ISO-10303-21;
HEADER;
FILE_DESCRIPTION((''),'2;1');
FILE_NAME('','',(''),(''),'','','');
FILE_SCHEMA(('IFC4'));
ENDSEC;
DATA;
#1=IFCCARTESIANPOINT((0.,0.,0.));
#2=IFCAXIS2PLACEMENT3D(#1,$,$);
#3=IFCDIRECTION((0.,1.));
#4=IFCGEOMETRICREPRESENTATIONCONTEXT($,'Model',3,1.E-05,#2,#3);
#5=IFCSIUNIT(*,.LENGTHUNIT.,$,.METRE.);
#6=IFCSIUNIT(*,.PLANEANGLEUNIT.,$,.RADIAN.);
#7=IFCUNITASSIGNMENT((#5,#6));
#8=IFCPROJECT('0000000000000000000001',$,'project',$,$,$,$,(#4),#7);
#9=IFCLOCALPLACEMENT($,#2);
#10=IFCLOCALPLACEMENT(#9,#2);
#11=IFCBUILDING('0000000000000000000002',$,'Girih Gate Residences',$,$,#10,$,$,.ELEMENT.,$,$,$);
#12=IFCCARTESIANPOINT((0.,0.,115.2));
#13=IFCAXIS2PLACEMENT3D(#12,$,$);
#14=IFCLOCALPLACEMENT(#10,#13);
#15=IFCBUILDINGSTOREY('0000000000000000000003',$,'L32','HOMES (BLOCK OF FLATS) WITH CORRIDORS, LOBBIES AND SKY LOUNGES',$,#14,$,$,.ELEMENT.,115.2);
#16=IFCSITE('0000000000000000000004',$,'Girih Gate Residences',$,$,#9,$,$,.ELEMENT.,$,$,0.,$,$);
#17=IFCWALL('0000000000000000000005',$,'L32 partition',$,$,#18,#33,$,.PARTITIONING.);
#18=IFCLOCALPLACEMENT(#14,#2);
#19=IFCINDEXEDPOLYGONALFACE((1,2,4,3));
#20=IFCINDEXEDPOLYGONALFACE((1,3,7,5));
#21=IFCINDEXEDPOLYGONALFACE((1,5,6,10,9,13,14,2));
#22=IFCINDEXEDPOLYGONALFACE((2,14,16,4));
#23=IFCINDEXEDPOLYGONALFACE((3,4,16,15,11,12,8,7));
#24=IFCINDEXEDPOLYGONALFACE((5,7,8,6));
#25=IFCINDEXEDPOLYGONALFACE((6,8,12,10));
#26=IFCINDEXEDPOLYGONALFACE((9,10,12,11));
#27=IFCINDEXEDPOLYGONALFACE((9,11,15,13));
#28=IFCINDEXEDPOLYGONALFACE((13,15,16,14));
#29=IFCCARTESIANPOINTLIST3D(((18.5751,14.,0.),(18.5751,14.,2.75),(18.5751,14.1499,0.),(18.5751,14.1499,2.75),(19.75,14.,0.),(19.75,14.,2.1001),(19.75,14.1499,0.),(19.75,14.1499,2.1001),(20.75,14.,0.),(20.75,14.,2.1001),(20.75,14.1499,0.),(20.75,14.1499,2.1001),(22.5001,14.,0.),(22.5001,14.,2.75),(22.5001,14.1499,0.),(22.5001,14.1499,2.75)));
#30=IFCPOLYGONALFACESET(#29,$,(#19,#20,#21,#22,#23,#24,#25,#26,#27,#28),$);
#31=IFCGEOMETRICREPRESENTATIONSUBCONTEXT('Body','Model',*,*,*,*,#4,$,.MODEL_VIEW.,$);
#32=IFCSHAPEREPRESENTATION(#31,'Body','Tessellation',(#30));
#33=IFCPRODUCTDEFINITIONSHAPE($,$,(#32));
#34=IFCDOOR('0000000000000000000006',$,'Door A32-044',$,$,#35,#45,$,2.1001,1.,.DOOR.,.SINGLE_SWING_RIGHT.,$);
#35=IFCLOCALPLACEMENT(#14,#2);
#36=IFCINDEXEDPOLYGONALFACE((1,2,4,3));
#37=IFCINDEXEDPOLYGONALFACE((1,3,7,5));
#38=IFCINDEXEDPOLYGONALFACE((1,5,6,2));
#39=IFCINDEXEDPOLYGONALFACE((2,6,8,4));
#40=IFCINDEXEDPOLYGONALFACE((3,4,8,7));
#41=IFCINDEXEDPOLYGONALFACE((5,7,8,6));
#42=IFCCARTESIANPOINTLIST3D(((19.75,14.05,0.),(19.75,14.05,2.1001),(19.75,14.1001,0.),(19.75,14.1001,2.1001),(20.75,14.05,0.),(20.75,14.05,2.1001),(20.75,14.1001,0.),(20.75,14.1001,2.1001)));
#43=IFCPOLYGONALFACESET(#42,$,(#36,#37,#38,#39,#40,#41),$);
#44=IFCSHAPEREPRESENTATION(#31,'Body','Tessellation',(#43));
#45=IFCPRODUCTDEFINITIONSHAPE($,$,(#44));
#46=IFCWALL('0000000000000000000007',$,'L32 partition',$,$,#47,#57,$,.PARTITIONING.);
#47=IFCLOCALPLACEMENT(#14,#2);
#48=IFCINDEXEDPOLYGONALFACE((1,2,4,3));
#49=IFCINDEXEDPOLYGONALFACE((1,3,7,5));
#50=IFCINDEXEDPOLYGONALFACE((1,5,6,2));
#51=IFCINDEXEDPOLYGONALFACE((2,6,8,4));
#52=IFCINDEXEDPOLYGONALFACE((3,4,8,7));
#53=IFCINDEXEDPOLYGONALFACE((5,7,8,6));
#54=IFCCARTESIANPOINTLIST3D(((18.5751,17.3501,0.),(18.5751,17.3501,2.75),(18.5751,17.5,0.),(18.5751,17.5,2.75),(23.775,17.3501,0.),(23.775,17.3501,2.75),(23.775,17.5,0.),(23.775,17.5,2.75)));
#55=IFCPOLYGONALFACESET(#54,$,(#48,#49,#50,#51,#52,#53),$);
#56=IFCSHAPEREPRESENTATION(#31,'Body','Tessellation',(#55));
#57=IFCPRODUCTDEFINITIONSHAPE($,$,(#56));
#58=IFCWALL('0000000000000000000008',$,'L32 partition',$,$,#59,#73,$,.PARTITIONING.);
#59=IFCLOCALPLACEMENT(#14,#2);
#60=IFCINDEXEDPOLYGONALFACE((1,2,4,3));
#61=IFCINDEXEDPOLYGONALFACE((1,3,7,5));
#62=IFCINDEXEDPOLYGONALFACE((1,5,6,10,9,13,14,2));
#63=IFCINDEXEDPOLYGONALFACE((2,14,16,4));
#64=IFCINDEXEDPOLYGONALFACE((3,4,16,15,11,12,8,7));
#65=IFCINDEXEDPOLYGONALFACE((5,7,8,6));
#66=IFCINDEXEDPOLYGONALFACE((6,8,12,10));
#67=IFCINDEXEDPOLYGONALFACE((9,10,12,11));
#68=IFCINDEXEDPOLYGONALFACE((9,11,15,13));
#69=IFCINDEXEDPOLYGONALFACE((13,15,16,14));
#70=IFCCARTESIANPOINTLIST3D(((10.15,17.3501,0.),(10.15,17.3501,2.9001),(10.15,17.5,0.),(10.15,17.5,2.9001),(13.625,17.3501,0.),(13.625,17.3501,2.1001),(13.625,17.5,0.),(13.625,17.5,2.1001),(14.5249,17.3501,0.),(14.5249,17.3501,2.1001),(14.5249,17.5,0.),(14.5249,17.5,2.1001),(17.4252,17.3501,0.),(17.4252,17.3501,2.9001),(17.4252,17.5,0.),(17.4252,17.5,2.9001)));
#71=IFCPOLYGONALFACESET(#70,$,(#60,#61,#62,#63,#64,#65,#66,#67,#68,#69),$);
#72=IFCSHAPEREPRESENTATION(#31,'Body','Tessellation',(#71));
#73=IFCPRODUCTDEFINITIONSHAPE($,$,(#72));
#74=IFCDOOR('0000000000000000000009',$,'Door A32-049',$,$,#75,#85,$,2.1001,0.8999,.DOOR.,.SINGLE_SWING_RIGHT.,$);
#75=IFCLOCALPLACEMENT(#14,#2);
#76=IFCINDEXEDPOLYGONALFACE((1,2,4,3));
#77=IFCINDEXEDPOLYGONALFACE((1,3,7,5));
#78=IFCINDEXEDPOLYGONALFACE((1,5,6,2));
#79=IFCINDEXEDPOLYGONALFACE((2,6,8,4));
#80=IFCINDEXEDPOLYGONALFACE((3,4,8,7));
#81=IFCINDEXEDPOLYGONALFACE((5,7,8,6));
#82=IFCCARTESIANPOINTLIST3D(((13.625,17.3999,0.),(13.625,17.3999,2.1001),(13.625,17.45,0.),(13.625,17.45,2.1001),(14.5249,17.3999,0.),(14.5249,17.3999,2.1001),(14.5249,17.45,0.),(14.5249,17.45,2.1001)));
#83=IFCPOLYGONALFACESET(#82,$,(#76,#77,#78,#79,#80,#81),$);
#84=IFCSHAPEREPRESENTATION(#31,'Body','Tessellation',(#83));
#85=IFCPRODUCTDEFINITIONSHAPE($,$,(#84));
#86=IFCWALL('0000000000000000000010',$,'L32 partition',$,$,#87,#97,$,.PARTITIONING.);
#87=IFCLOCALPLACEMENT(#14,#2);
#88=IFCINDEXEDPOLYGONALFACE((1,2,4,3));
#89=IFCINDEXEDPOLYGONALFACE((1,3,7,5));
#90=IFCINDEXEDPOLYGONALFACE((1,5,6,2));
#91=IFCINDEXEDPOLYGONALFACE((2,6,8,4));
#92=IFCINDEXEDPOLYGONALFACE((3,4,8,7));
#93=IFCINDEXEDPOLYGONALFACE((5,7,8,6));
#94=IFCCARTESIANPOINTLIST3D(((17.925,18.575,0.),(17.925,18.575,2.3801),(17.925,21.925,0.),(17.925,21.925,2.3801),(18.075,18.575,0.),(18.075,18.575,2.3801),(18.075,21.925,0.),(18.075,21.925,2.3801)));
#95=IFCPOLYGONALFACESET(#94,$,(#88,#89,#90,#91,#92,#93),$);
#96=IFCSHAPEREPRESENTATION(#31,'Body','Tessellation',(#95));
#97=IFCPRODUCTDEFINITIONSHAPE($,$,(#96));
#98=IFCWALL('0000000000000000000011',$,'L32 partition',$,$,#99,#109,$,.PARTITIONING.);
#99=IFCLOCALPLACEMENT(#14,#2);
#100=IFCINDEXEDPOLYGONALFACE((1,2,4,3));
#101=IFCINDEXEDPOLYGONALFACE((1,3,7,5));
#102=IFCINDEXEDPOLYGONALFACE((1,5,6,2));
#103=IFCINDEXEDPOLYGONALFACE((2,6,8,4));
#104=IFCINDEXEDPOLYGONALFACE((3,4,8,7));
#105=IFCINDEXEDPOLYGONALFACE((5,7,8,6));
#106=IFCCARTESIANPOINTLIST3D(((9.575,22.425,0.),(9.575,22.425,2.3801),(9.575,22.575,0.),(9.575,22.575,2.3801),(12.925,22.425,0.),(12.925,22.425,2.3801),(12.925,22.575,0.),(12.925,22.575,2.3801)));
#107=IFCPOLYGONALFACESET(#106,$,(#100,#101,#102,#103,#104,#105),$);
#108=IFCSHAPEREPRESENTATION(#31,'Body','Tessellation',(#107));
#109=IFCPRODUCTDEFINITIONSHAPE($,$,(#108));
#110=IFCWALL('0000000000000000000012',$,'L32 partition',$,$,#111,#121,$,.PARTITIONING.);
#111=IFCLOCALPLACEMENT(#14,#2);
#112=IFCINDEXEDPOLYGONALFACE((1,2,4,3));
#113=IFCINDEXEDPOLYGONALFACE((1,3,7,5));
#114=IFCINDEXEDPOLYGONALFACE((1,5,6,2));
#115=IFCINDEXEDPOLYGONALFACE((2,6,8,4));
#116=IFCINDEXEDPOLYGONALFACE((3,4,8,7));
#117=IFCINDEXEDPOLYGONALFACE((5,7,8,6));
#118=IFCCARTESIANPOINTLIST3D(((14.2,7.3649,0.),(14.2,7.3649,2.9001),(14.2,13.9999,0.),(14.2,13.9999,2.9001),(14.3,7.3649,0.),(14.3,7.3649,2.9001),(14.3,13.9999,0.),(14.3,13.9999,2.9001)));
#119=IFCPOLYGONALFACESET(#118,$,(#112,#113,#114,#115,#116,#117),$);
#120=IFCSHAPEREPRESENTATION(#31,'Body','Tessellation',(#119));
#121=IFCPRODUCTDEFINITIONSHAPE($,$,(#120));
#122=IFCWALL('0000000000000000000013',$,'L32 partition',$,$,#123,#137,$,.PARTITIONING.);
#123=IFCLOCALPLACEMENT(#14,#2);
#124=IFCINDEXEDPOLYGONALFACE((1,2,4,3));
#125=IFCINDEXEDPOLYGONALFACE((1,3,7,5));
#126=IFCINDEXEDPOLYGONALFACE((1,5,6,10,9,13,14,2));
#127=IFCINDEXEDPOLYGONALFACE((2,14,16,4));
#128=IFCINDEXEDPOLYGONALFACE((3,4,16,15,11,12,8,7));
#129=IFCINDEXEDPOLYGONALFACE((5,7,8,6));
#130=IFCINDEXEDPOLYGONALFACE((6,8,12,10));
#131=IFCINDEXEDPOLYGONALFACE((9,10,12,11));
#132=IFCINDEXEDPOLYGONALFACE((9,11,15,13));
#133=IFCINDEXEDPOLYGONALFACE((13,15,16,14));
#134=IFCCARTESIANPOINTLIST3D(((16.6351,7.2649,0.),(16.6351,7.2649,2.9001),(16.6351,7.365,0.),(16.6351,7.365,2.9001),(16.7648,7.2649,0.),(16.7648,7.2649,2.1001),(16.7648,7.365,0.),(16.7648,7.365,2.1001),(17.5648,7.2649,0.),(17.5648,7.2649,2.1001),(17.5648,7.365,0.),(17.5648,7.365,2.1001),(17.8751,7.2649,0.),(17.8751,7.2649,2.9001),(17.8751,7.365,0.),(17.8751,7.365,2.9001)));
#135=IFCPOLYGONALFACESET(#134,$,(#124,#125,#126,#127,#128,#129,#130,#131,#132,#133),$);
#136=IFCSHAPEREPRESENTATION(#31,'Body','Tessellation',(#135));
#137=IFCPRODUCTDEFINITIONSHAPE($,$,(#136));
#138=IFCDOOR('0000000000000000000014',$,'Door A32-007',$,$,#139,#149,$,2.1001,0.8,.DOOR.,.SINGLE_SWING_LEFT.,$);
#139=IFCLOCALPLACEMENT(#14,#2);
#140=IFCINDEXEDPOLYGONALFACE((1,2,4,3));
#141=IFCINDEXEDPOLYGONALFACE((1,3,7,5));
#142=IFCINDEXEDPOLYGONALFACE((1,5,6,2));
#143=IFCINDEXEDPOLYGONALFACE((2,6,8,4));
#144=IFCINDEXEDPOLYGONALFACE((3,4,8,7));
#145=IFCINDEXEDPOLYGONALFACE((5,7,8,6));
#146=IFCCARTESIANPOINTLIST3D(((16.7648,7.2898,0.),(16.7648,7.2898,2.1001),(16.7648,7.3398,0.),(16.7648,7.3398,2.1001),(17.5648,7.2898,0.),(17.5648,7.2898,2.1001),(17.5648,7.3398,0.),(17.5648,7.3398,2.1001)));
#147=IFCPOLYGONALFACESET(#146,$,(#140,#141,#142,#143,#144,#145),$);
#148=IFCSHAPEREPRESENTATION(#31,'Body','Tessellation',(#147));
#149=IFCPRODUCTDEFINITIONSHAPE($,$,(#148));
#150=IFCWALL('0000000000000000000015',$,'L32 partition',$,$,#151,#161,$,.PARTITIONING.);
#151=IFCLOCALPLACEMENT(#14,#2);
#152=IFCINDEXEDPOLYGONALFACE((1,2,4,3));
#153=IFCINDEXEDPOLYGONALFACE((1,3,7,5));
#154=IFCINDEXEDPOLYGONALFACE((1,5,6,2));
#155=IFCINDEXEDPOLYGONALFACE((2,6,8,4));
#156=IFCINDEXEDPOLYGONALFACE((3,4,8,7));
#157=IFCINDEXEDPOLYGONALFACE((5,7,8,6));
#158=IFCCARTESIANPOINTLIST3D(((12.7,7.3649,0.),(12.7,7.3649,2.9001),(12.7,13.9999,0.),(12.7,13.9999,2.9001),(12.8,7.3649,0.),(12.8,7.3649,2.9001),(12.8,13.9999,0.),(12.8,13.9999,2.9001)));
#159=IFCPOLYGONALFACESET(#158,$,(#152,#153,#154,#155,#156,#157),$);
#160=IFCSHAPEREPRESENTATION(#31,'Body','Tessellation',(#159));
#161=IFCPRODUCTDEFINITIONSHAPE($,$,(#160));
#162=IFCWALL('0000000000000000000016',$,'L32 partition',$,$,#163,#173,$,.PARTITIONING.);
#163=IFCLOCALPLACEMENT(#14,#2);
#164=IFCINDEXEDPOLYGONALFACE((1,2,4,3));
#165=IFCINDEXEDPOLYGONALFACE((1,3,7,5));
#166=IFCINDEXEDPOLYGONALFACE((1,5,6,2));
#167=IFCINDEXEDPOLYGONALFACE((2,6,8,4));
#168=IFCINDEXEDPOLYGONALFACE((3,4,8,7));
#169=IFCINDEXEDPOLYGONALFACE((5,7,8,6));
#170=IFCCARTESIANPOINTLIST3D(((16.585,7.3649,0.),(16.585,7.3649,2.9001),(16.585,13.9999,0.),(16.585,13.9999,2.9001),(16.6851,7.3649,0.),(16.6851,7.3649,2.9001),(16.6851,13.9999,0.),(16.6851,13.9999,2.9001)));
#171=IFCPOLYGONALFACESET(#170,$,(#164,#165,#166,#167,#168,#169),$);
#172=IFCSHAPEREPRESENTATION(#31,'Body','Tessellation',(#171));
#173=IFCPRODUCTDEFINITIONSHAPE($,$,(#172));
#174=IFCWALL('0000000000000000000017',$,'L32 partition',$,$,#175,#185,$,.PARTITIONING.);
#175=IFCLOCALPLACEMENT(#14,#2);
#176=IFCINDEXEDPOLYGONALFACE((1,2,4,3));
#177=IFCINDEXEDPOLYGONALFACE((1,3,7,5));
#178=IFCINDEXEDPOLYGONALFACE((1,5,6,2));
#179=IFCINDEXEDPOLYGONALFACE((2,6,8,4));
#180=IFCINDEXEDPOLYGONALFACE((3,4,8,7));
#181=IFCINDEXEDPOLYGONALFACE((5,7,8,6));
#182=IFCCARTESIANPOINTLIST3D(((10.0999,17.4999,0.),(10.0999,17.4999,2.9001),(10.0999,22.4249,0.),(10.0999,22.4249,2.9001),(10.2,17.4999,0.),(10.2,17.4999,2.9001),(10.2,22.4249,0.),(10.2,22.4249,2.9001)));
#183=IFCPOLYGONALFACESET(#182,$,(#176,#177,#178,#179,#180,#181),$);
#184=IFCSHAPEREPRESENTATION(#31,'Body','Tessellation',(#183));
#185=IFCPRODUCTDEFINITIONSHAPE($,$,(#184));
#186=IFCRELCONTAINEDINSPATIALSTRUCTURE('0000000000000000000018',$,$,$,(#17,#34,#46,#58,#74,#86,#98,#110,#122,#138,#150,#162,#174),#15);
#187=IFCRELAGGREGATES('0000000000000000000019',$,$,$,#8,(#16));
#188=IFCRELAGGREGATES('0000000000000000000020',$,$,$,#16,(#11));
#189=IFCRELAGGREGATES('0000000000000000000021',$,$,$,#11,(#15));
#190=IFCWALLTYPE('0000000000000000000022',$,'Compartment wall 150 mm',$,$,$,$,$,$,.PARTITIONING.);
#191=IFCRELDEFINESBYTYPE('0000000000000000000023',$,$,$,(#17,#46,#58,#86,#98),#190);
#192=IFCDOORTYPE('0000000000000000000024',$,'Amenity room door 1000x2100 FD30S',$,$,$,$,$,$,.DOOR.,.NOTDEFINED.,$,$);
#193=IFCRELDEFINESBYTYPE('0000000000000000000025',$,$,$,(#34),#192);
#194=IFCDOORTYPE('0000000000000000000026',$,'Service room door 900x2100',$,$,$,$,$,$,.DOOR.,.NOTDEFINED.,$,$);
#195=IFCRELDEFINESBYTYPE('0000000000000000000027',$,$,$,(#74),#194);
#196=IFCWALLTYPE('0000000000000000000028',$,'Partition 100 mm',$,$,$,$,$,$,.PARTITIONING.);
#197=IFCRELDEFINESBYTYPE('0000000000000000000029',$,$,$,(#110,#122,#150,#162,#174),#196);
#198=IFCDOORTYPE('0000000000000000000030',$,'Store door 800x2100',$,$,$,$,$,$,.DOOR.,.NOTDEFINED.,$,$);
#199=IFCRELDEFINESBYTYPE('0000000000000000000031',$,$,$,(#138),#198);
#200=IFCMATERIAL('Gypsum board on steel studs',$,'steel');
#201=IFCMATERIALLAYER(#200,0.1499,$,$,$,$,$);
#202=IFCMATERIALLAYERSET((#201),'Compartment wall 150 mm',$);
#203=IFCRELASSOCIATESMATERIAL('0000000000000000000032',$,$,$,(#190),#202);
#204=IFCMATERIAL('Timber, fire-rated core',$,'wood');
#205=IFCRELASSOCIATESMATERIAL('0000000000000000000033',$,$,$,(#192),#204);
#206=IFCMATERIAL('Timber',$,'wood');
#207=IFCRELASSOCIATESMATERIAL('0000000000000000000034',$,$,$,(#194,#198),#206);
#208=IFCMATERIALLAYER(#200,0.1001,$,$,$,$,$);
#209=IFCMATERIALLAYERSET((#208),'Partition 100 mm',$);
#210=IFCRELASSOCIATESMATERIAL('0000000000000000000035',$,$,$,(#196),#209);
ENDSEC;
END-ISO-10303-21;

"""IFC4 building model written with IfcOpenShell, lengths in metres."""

from ifc_helpers import new_model, si_unit, direction, frame, frame_2d, origin, place, context, subcontext, project, spatial, rectangle, extrude, material, layer, layer_set, type_object, element, fill, save


model = new_model("IFC4")

# Units and contexts
model_context = context("Model", 3, precision=1e-05, world=origin(), true_north=direction((0.0, 1.0)))
body_context = subcontext(model_context, "Body", "Model", "MODEL_VIEW")
ifc_project = project(units=[si_unit("LENGTHUNIT", "METRE"), si_unit("PLANEANGLEUNIT", "RADIAN")], contexts=[model_context])

# Site, building, storey
site_placement = place(None, origin())
site = spatial("IfcSite", under=ifc_project, at=site_placement, Name="Girih Gate Residences", CompositionType="ELEMENT", RefElevation=0.0)
building_placement = place(site_placement, origin())
building = spatial("IfcBuilding", under=site, at=building_placement, Name="Girih Gate Residences", CompositionType="ELEMENT")
storey_placement = place(building_placement, frame((0.0, 0.0, 115.2)))
storey = spatial("IfcBuildingStorey", under=building, at=storey_placement, Name="L32", Description="HOMES (BLOCK OF FLATS) WITH CORRIDORS, LOBBIES AND SKY LOUNGES", CompositionType="ELEMENT", Elevation=115.2)

# Shared definitions
ifc_material_1 = material(Name="Gypsum board on steel studs", Category="steel")

# Shared definitions
ifc_layer_1 = layer(ifc_material_1, 0.1499)
ifc_layer_set_1 = layer_set([ifc_layer_1], Name="Compartment wall 150 mm")
wall_type_1 = type_object("IfcWallType", Name="Compartment wall 150 mm", PredefinedType="PARTITIONING", material=ifc_layer_set_1)
ifc_material_2 = material(Name="Timber, fire-rated core", Category="wood")

# Wall, opening, door
wall_1_placement = place(storey_placement, frame((22.5, 14.075, 0.0), z_axis=(0.0, 0.0, 1.0), x_axis=(-1.0, 0.0, 0.0)))
wall_1 = element("IfcWall", 1, at=wall_1_placement, inside=storey, type_object=wall_type_1, Name="L32 partition", PredefinedType="PARTITIONING", context=body_context, shape_type="SweptSolid", body=[
    extrude(rectangle(XDim=3.925, YDim=0.1499, at=frame_2d((1.9624, 0.0))), origin(), (0.0, 0.0, 1.0), 2.75),
])
opening_1_placement = place(wall_1_placement, frame((1.75, 0.0, 0.0)))
opening_1 = element("IfcOpeningElement", 2, at=opening_1_placement, cuts=wall_1, PredefinedType="OPENING", context=body_context, shape_type="SweptSolid", body=[
    extrude(rectangle(XDim=1.0, YDim=2.1001, at=frame_2d((0.5, 1.05))), frame((0.0, 0.085, 0.0), z_axis=(0.0, -1.0, 0.0), x_axis=(1.0, 0.0, 0.0)), (0.0, 0.0, 1.0), 0.1699),
])
door_type_1 = type_object("IfcDoorType", Name="Amenity room door 1000x2100 FD30S", OperationType="NOTDEFINED", PredefinedType="DOOR", material=ifc_material_2)
door_1_placement = place(opening_1_placement, origin())
door_1 = element("IfcDoor", 3, at=door_1_placement, inside=storey, type_object=door_type_1, Name="Door A32-044", OperationType="SINGLE_SWING_RIGHT", OverallHeight=2.1001, OverallWidth=1.0, PredefinedType="DOOR", context=body_context, shape_type="SweptSolid", body=[
    extrude(rectangle(XDim=1.0, YDim=2.1001, at=frame_2d((0.5, 1.05))), frame((0.0, 0.0249, 0.0), z_axis=(0.0, -1.0, 0.0), x_axis=(1.0, 0.0, 0.0)), (0.0, 0.0, 1.0), 0.05),
])
fill(opening_1, door_1)

# Wall
wall_2_placement = place(storey_placement, frame((18.575, 17.425, 0.0), z_axis=(0.0, 0.0, 1.0), x_axis=(1.0, 0.0, 0.0)))
element("IfcWall", 4, at=wall_2_placement, inside=storey, type_object=wall_type_1, Name="L32 partition", PredefinedType="PARTITIONING", context=body_context, shape_type="SweptSolid", body=[
    extrude(rectangle(XDim=5.2, YDim=0.1499, at=frame_2d((2.6001, 0.0))), origin(), (0.0, 0.0, 1.0), 2.75),
])

# Wall, opening, door
wall_3_placement = place(storey_placement, frame((10.1499, 17.425, 0.0), z_axis=(0.0, 0.0, 1.0), x_axis=(1.0, 0.0, 0.0)))
wall_3 = element("IfcWall", 5, at=wall_3_placement, inside=storey, type_object=wall_type_1, Name="L32 partition", PredefinedType="PARTITIONING", context=body_context, shape_type="SweptSolid", body=[
    extrude(rectangle(XDim=7.2751, YDim=0.1499, at=frame_2d((3.6377, 0.0))), origin(), (0.0, 0.0, 1.0), 2.9001),
])
opening_2_placement = place(wall_3_placement, frame((3.4751, 0.0, 0.0)))
opening_2 = element("IfcOpeningElement", 6, at=opening_2_placement, cuts=wall_3, PredefinedType="OPENING", context=body_context, shape_type="SweptSolid", body=[
    extrude(rectangle(XDim=0.8999, YDim=2.1001, at=frame_2d((0.45, 1.05))), frame((0.0, 0.085, 0.0), z_axis=(0.0, -1.0, 0.0), x_axis=(1.0, 0.0, 0.0)), (0.0, 0.0, 1.0), 0.1699),
])
ifc_material_3 = material(Name="Timber", Category="wood")
door_type_2 = type_object("IfcDoorType", Name="Service room door 900x2100", OperationType="NOTDEFINED", PredefinedType="DOOR", material=ifc_material_3)
door_2_placement = place(opening_2_placement, origin())
door_2 = element("IfcDoor", 7, at=door_2_placement, inside=storey, type_object=door_type_2, Name="Door A32-049", OperationType="SINGLE_SWING_RIGHT", OverallHeight=2.1001, OverallWidth=0.8999, PredefinedType="DOOR", context=body_context, shape_type="SweptSolid", body=[
    extrude(rectangle(XDim=0.8999, YDim=2.1001, at=frame_2d((0.45, 1.05))), frame((0.0, 0.0249, 0.0), z_axis=(0.0, -1.0, 0.0), x_axis=(1.0, 0.0, 0.0)), (0.0, 0.0, 1.0), 0.05),
])
fill(opening_2, door_2)

# Walls
for number, where, z_axis, x_axis, name in (
    (8, (18.0, 18.575, 0.0), (0.0, 0.0, 1.0), (0.0, 1.0, 0.0), "L32 partition"),
    (9, (9.575, 22.5, 0.0), (0.0, 0.0, 1.0), (1.0, 0.0, 0.0), "L32 partition"),
):
    element("IfcWall", number, at=place(storey_placement, frame(where, z_axis=z_axis, x_axis=x_axis)), inside=storey, type_object=wall_type_1, Name=name, PredefinedType="PARTITIONING", context=body_context, shape_type="SweptSolid", body=[
        extrude(rectangle(XDim=3.3501, YDim=0.1499, at=frame_2d((1.675, 0.0))), origin(), (0.0, 0.0, 1.0), 2.3801),
    ])
ifc_layer_2 = layer(ifc_material_1, 0.1001)
ifc_layer_set_2 = layer_set([ifc_layer_2], Name="Partition 100 mm")
wall_type_2 = type_object("IfcWallType", Name="Partition 100 mm", PredefinedType="PARTITIONING", material=ifc_layer_set_2)
wall_4_placement = place(storey_placement, frame((14.25, 7.365, 0.0), z_axis=(0.0, 0.0, 1.0), x_axis=(0.0, 1.0, 0.0)))
element("IfcWall", 10, at=wall_4_placement, inside=storey, type_object=wall_type_2, Name="L32 partition", PredefinedType="PARTITIONING", context=body_context, shape_type="SweptSolid", body=[
    extrude(rectangle(XDim=6.635, YDim=0.1001, at=frame_2d((3.3174, 0.0))), origin(), (0.0, 0.0, 1.0), 2.9001),
])

# Wall, opening, door
wall_5_placement = place(storey_placement, frame((16.635, 7.3149, 0.0), z_axis=(0.0, 0.0, 1.0), x_axis=(1.0, 0.0, 0.0)))
wall_5 = element("IfcWall", 11, at=wall_5_placement, inside=storey, type_object=wall_type_2, Name="L32 partition", PredefinedType="PARTITIONING", context=body_context, shape_type="SweptSolid", body=[
    extrude(rectangle(XDim=1.24, YDim=0.1001, at=frame_2d((0.6201, 0.0))), origin(), (0.0, 0.0, 1.0), 2.9001),
])
opening_3_placement = place(wall_5_placement, frame((0.1299, 0.0, 0.0)))
opening_3 = element("IfcOpeningElement", 12, at=opening_3_placement, cuts=wall_5, PredefinedType="OPENING", context=body_context, shape_type="SweptSolid", body=[
    extrude(rectangle(XDim=0.8, YDim=2.1001, at=frame_2d((0.3999, 1.05))), frame((0.0, 0.0601, 0.0), z_axis=(0.0, -1.0, 0.0), x_axis=(1.0, 0.0, 0.0)), (0.0, 0.0, 1.0), 0.1201),
])
door_type_3 = type_object("IfcDoorType", Name="Store door 800x2100", OperationType="NOTDEFINED", PredefinedType="DOOR", material=ifc_material_3)
door_3_placement = place(opening_3_placement, origin())
door_3 = element("IfcDoor", 13, at=door_3_placement, inside=storey, type_object=door_type_3, Name="Door A32-007", OperationType="SINGLE_SWING_LEFT", OverallHeight=2.1001, OverallWidth=0.8, PredefinedType="DOOR", context=body_context, shape_type="SweptSolid", body=[
    extrude(rectangle(XDim=0.8, YDim=2.1001, at=frame_2d((0.3999, 1.05))), frame((0.0, 0.0249, 0.0), z_axis=(0.0, -1.0, 0.0), x_axis=(1.0, 0.0, 0.0)), (0.0, 0.0, 1.0), 0.05),
])
fill(opening_3, door_3)

# Walls
for number, where, z_axis, x_axis, name in (
    (14, (12.75, 7.365, 0.0), (0.0, 0.0, 1.0), (0.0, 1.0, 0.0), "L32 partition"),
    (15, (16.635, 7.365, 0.0), (0.0, 0.0, 1.0), (0.0, 1.0, 0.0), "L32 partition"),
):
    element("IfcWall", number, at=place(storey_placement, frame(where, z_axis=z_axis, x_axis=x_axis)), inside=storey, type_object=wall_type_2, Name=name, PredefinedType="PARTITIONING", context=body_context, shape_type="SweptSolid", body=[
        extrude(rectangle(XDim=6.635, YDim=0.1001, at=frame_2d((3.3174, 0.0))), origin(), (0.0, 0.0, 1.0), 2.9001),
    ])
wall_6_placement = place(storey_placement, frame((10.1499, 17.5, 0.0), z_axis=(0.0, 0.0, 1.0), x_axis=(0.0, 1.0, 0.0)))
element("IfcWall", 16, at=wall_6_placement, inside=storey, type_object=wall_type_2, Name="L32 partition", PredefinedType="PARTITIONING", context=body_context, shape_type="SweptSolid", body=[
    extrude(rectangle(XDim=4.925, YDim=0.1001, at=frame_2d((2.4624, 0.0))), origin(), (0.0, 0.0, 1.0), 2.9001),
])

save(model, "model.ifc")
